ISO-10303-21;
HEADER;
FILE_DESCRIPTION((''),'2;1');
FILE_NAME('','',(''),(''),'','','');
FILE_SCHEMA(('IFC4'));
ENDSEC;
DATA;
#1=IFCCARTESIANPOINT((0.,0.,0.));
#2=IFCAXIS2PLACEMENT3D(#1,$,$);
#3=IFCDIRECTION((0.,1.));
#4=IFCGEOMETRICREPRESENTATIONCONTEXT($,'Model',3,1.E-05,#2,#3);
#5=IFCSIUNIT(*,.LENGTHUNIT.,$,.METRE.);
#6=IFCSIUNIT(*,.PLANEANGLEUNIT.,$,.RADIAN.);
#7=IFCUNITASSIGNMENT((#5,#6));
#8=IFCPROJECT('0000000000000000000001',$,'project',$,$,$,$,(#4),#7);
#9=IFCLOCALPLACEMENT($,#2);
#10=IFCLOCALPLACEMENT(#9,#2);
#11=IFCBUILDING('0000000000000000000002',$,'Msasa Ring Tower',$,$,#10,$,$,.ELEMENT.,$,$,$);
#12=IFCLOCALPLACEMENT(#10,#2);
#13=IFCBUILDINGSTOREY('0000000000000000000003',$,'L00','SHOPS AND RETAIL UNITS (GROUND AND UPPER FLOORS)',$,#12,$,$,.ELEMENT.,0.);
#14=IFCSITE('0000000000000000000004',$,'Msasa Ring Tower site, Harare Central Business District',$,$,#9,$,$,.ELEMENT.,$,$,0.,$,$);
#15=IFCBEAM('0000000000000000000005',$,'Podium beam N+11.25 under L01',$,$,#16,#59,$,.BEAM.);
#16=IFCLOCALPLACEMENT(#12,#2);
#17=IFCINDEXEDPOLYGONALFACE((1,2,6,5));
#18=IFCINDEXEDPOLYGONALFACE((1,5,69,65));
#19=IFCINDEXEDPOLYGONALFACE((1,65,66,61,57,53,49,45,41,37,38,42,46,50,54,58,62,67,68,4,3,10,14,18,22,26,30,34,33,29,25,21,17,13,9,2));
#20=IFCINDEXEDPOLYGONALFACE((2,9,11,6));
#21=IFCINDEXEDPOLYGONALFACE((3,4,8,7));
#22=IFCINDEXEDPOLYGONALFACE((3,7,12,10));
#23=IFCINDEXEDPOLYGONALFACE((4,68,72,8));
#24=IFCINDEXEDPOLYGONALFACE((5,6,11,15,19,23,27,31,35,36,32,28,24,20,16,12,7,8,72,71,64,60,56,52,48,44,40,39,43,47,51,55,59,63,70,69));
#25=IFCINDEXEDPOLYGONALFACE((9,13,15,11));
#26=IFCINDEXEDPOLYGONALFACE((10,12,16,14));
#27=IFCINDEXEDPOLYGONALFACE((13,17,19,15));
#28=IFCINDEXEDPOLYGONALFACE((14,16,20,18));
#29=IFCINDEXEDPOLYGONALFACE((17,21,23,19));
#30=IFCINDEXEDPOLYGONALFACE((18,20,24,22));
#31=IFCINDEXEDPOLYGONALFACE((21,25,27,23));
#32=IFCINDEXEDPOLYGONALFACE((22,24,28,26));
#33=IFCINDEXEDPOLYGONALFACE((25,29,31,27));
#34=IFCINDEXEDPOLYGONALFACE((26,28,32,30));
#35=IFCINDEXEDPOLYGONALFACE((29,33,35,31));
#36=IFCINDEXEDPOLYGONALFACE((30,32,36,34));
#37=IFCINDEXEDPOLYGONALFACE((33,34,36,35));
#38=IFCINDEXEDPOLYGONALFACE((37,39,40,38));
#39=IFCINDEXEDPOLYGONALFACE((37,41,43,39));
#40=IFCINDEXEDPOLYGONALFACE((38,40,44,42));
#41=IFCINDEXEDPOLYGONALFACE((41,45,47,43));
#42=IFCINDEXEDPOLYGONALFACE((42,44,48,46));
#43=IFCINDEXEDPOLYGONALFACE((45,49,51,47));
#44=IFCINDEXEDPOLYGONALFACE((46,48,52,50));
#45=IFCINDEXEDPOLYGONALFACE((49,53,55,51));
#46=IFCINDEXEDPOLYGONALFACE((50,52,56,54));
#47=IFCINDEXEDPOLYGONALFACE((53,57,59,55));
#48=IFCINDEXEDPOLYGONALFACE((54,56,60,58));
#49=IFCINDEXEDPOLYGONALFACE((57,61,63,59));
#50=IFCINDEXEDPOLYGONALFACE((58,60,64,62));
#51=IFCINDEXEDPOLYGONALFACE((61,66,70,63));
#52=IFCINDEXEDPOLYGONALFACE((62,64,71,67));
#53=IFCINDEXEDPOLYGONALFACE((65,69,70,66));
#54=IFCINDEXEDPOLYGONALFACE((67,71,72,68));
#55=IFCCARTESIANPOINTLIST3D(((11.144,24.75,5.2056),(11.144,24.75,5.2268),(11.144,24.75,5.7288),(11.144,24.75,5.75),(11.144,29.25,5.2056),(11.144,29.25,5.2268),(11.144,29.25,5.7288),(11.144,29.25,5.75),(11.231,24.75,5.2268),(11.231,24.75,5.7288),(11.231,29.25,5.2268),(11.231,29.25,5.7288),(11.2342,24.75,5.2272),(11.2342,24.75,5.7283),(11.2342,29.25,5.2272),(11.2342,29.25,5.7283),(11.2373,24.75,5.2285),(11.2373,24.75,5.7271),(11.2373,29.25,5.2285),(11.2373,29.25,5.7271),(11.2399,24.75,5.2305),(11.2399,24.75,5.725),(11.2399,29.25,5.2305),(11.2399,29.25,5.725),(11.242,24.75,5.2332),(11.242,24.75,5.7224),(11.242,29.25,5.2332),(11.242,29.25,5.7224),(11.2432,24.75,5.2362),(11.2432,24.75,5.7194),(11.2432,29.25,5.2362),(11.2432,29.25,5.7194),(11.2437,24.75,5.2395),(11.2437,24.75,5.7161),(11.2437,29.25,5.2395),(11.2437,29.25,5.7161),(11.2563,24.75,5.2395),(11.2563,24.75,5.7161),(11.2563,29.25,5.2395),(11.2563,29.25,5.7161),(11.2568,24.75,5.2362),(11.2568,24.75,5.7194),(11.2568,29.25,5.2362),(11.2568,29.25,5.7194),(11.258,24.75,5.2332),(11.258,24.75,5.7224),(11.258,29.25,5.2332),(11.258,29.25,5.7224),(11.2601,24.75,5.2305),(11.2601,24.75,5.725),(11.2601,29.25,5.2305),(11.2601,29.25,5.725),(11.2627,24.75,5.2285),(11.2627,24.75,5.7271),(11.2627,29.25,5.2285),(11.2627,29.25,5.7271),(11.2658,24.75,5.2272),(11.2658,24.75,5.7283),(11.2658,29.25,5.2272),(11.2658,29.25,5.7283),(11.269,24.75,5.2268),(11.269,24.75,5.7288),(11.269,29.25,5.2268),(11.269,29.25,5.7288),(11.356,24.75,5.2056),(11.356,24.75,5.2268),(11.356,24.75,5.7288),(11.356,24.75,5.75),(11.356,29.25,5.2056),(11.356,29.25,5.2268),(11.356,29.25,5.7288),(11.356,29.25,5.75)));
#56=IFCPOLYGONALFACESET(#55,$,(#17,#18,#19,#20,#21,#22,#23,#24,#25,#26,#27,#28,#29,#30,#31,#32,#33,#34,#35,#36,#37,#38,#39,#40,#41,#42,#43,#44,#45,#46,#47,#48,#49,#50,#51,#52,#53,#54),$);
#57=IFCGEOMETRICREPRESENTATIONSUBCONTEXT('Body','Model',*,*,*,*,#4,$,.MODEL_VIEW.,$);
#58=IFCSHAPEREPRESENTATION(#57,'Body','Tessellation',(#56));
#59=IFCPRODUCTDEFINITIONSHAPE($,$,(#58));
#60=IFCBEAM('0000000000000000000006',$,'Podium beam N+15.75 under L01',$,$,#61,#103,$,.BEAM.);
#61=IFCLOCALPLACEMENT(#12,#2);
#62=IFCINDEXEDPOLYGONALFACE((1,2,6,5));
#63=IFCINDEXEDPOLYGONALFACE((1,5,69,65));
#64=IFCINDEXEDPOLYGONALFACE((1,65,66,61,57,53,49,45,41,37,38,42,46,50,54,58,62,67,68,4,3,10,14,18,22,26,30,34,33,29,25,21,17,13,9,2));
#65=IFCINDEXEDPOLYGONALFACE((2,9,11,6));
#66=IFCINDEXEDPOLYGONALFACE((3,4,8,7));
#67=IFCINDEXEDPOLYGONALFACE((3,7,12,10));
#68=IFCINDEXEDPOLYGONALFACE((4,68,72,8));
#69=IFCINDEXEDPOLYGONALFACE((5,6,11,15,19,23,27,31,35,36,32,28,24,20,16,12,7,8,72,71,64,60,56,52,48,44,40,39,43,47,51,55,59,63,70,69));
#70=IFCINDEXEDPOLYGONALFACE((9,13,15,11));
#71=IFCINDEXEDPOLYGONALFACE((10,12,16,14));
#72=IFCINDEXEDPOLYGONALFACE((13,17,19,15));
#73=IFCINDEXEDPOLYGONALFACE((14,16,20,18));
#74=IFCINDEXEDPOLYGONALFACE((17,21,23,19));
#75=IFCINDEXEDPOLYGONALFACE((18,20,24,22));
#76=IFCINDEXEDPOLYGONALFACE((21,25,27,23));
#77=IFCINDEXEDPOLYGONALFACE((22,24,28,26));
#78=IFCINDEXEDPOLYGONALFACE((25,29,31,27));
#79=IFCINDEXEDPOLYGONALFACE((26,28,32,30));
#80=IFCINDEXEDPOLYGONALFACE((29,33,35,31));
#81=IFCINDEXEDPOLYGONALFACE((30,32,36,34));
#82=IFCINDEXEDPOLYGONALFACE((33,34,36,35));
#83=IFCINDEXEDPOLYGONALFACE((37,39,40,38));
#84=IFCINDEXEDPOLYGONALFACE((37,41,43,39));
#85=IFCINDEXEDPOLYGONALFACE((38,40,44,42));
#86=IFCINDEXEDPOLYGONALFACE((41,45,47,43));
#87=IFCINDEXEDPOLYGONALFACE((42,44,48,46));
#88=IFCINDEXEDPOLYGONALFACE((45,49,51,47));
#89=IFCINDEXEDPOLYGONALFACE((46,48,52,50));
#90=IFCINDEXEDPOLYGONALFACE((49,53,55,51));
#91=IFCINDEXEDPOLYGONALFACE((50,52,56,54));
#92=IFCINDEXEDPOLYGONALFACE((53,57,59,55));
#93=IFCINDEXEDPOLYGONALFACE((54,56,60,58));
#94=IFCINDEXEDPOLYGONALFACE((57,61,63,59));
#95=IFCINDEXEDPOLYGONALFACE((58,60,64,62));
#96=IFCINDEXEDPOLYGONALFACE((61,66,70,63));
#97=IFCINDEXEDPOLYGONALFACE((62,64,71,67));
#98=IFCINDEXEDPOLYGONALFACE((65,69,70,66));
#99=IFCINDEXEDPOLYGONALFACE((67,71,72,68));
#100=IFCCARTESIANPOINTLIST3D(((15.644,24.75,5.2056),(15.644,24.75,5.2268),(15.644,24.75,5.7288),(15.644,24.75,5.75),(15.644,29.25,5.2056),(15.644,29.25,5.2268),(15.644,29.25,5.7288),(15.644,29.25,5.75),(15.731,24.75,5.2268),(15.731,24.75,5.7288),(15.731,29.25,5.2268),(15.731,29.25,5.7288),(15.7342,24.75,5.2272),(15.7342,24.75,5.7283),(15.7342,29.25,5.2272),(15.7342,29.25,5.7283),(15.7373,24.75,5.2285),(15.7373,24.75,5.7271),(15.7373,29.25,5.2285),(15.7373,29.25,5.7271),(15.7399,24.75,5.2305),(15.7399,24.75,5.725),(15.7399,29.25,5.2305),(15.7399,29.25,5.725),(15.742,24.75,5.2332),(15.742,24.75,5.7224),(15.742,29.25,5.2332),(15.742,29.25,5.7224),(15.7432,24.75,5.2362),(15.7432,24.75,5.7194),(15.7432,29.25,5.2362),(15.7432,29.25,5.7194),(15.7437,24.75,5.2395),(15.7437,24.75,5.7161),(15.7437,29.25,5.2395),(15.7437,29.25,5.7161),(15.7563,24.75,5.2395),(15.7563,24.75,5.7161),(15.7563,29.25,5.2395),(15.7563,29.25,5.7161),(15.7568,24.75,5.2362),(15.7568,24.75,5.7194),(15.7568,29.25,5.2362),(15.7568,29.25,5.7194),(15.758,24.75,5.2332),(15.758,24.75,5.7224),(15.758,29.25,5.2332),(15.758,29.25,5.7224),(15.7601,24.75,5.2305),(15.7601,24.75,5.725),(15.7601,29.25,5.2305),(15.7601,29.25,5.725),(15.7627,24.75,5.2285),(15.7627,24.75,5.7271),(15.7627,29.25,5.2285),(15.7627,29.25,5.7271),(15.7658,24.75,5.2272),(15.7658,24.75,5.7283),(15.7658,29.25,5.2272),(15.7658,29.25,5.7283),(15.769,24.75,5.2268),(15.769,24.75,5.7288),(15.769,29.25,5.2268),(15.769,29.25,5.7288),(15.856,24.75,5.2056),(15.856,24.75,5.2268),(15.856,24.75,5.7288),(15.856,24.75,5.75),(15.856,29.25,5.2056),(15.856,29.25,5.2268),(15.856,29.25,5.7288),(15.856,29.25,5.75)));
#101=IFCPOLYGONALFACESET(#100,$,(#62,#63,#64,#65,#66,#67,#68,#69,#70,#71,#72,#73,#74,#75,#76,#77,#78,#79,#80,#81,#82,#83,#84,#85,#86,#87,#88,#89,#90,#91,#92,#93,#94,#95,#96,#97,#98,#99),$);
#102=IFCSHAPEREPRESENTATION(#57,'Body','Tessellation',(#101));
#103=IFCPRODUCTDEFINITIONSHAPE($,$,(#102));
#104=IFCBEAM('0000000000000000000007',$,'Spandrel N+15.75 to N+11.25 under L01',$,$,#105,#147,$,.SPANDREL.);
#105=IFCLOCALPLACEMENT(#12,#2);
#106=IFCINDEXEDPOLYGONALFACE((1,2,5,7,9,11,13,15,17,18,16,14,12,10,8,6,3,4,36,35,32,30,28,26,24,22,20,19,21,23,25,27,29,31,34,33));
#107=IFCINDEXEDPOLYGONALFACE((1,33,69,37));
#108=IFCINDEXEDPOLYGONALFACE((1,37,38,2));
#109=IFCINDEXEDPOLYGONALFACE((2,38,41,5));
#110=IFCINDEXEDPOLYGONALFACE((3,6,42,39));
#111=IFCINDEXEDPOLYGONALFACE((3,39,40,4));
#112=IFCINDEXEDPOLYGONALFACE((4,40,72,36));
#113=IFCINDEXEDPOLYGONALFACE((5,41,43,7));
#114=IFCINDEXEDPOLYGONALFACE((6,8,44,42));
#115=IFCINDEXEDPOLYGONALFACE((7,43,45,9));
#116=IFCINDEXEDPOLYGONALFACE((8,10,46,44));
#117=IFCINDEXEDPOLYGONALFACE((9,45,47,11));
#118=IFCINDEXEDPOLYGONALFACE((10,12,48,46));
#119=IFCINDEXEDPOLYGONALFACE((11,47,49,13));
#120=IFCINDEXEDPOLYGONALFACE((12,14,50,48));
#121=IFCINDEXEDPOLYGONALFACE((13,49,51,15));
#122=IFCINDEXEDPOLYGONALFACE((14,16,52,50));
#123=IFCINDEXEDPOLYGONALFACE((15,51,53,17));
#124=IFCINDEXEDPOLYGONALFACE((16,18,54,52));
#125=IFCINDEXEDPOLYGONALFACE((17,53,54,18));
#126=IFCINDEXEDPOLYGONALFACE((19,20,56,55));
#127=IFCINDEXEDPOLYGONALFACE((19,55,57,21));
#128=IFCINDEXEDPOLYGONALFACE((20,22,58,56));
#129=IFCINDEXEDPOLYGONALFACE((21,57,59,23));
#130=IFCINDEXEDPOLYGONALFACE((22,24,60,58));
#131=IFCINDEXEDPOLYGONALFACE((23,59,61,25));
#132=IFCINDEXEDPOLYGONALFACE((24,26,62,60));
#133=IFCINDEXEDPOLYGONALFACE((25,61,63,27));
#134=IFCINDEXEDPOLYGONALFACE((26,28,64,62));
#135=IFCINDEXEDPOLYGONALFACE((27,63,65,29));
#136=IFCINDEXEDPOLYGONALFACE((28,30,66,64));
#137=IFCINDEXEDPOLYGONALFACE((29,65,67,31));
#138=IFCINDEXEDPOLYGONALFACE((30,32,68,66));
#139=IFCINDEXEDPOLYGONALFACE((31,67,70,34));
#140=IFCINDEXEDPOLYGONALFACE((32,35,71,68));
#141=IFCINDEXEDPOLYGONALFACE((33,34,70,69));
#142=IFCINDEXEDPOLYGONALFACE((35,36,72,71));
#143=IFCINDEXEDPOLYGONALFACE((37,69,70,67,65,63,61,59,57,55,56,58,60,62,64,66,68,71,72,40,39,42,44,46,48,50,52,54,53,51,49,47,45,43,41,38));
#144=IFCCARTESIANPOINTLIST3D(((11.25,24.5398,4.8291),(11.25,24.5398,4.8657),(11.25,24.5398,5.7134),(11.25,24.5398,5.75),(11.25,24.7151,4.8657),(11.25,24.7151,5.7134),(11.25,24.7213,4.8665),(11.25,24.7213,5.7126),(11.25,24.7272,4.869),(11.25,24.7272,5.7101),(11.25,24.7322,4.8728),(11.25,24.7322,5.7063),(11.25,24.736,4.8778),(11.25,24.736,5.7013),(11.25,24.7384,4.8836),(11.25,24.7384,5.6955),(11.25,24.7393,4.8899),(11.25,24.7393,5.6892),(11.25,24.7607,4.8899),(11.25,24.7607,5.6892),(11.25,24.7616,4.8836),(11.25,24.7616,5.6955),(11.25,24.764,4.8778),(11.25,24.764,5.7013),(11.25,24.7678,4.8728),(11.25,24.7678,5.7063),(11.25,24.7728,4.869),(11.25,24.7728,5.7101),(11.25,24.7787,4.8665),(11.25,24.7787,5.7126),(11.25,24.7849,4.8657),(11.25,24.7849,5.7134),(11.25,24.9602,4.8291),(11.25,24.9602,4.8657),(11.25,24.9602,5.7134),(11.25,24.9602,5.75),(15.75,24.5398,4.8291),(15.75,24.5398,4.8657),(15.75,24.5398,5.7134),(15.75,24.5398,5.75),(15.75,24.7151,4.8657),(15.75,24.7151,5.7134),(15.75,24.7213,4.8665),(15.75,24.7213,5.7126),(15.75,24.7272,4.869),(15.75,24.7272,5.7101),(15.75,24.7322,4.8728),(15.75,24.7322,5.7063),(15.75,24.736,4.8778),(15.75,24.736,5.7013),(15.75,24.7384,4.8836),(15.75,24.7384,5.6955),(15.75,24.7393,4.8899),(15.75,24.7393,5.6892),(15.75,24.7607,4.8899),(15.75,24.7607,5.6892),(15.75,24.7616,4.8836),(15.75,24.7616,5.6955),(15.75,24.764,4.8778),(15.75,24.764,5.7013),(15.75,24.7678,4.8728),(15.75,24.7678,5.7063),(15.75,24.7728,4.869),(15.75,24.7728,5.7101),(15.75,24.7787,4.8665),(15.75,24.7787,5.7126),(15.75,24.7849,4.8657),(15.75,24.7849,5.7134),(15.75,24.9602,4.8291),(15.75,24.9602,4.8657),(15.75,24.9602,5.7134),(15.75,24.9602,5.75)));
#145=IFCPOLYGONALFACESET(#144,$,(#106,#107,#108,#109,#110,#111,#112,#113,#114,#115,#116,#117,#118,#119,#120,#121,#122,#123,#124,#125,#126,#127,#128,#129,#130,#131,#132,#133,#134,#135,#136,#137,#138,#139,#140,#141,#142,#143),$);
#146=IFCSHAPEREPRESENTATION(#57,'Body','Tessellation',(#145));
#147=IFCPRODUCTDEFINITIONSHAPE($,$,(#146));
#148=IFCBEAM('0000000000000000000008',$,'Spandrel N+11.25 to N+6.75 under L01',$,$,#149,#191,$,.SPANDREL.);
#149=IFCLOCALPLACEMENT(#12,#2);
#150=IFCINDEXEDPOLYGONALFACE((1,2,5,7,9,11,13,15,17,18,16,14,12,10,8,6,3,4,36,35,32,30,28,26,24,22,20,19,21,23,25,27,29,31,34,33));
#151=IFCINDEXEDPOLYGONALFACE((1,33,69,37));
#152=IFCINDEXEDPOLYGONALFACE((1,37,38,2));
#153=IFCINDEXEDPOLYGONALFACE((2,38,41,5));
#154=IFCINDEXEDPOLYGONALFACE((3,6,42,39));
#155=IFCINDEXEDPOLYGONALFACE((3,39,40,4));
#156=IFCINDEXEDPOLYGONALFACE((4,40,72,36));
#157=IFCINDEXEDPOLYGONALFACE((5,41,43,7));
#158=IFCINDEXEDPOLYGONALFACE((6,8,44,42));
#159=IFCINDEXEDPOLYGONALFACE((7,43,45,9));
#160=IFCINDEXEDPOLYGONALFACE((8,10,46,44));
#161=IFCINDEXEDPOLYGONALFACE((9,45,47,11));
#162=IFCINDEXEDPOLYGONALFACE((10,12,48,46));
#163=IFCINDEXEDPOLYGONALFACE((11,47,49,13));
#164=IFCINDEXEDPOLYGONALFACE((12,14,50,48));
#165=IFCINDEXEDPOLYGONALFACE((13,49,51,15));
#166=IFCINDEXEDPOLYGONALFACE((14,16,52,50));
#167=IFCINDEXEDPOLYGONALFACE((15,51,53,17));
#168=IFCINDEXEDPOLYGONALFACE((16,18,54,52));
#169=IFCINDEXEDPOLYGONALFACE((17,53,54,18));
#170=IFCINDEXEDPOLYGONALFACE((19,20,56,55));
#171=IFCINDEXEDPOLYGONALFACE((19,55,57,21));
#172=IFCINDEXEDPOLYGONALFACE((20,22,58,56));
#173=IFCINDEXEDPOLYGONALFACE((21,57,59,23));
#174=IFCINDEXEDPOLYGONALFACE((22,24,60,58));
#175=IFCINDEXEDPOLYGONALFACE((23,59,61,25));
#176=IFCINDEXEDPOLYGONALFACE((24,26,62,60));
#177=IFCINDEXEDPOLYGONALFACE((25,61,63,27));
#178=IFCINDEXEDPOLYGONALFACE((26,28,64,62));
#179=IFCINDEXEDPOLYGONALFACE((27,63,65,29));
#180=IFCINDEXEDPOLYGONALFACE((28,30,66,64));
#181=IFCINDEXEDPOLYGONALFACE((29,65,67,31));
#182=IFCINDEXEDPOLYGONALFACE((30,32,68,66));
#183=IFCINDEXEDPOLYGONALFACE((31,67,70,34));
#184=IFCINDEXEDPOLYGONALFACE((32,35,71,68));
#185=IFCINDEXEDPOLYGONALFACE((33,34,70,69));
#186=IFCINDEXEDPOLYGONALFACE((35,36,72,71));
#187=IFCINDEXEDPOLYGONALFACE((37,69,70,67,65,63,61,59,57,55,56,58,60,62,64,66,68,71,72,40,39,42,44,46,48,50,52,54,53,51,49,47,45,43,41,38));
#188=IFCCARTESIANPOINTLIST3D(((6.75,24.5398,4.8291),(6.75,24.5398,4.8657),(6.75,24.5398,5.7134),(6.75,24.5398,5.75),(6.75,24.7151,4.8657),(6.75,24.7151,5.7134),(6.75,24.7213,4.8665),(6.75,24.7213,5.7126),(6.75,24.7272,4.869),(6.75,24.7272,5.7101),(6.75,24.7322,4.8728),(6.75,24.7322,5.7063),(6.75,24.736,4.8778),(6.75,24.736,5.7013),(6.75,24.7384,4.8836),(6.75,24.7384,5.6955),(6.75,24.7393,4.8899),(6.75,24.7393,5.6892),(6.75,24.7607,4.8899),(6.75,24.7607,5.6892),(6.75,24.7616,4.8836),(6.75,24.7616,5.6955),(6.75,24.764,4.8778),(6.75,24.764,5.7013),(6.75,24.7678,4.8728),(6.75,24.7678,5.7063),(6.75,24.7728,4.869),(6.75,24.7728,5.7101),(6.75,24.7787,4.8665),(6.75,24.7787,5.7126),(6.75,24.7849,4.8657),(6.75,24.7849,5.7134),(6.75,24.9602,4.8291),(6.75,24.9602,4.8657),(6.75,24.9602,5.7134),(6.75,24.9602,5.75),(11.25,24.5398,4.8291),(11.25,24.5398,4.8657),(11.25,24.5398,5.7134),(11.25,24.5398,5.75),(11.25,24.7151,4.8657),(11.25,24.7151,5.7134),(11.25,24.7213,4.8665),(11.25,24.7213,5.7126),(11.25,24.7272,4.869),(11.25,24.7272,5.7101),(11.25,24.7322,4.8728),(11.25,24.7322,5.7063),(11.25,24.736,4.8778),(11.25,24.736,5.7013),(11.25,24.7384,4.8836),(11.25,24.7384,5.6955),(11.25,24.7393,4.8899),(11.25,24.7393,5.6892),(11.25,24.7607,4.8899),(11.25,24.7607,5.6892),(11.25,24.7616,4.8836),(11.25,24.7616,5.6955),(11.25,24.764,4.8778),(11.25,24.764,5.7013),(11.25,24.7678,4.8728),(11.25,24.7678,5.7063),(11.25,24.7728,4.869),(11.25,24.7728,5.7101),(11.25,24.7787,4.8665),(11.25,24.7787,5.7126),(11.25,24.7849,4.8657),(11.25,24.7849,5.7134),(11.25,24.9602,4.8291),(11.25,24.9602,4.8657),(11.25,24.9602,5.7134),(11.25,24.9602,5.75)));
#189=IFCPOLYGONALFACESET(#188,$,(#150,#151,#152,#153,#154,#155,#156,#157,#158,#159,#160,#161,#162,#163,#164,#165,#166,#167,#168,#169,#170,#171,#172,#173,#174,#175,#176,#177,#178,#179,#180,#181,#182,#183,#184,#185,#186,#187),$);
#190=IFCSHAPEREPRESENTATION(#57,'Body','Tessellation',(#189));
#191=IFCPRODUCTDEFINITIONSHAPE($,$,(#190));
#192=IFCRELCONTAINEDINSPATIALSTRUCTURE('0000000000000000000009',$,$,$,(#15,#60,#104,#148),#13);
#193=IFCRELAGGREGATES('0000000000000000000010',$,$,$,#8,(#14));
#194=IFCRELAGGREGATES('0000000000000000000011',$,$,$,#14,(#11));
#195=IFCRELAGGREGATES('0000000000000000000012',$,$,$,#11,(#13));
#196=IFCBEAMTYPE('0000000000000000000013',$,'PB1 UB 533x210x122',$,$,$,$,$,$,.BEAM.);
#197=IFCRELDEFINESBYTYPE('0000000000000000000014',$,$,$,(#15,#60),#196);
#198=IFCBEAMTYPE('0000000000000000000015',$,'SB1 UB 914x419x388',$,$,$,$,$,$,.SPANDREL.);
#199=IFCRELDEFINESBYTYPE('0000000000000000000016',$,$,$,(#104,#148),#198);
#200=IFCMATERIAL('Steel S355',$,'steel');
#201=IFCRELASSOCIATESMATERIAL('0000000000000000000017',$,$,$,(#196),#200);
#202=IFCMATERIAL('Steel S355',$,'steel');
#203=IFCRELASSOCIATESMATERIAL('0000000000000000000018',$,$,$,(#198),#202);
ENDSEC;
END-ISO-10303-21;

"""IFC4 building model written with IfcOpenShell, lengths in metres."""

from ifc_helpers import new_model, si_unit, direction, frame, origin, origin_2d, place, context, subcontext, project, spatial, i_section, extrude, material, material_profile, profile_set, type_object, element, save


model = new_model("IFC4")

# Units and contexts
model_context = context("Model", 3, precision=1e-05, world=origin(), true_north=direction((0.0, 1.0)))
body_context = subcontext(model_context, "Body", "Model", "MODEL_VIEW")
ifc_project = project(units=[si_unit("LENGTHUNIT", "METRE"), si_unit("PLANEANGLEUNIT", "RADIAN")], contexts=[model_context])

# Site, building, storey
site_placement = place(None, origin())
site = spatial("IfcSite", under=ifc_project, at=site_placement, Name="Msasa Ring Tower site, Harare Central Business District", CompositionType="ELEMENT", RefElevation=0.0)
building_placement = place(site_placement, origin())
building = spatial("IfcBuilding", under=site, at=building_placement, Name="Msasa Ring Tower", CompositionType="ELEMENT")
storey_placement = place(building_placement, origin())
storey = spatial("IfcBuildingStorey", under=building, at=storey_placement, Name="L00", Description="SHOPS AND RETAIL UNITS (GROUND AND UPPER FLOORS)", CompositionType="ELEMENT", Elevation=0.0)

# Beams
ifc_material_1 = material(Name="Steel S355", Category="steel")
ifc_material_profile_1 = material_profile(ifc_material_1, i_section(OverallWidth=0.2119, OverallDepth=0.5444, WebThickness=0.0127, FlangeThickness=0.0212, FilletRadius=0.0127, at=origin_2d()), Name="UB 533x210x122")
ifc_profile_set_1 = profile_set([ifc_material_profile_1], Name="Steel S355")
beam_type_1 = type_object("IfcBeamType", Name="PB1 UB 533x210x122", PredefinedType="BEAM", material=ifc_profile_set_1)
for number, where, z_axis, x_axis, name in (
    (1, (11.25, 29.25, 5.4778), (0.0, -1.0, 0.0), (1.0, 0.0, 0.0), "Podium beam N+11.25 under L01"),
    (2, (15.75, 29.25, 5.4778), (0.0, -1.0, 0.0), (1.0, 0.0, 0.0), "Podium beam N+15.75 under L01"),
):
    element("IfcBeam", number, at=place(storey_placement, frame(where, z_axis=z_axis, x_axis=x_axis)), inside=storey, type_object=beam_type_1, Name=name, PredefinedType="BEAM", context=body_context, shape_type="SweptSolid", body=[
        extrude(i_section(OverallWidth=0.2119, OverallDepth=0.5444, WebThickness=0.0127, FlangeThickness=0.0212, FilletRadius=0.0127, at=origin_2d()), origin(), (0.0, 0.0, 1.0), 4.5),
    ])
ifc_material_2 = material(Name="Steel S355", Category="steel")
ifc_material_profile_2 = material_profile(ifc_material_2, i_section(OverallWidth=0.4204, OverallDepth=0.9209, WebThickness=0.0215, FlangeThickness=0.0366, FilletRadius=0.0242, at=origin_2d()), Name="UB 914x419x388")
ifc_profile_set_2 = profile_set([ifc_material_profile_2], Name="Steel S355")
beam_type_2 = type_object("IfcBeamType", Name="SB1 UB 914x419x388", PredefinedType="SPANDREL", material=ifc_profile_set_2)
for number, where, z_axis, x_axis, name in (
    (3, (15.75, 24.75, 5.2896), (-1.0, 0.0, 0.0), (0.0, -1.0, 0.0), "Spandrel N+15.75 to N+11.25 under L01"),
    (4, (11.25, 24.75, 5.2896), (-1.0, 0.0, 0.0), (0.0, -1.0, 0.0), "Spandrel N+11.25 to N+6.75 under L01"),
):
    element("IfcBeam", number, at=place(storey_placement, frame(where, z_axis=z_axis, x_axis=x_axis)), inside=storey, type_object=beam_type_2, Name=name, PredefinedType="SPANDREL", context=body_context, shape_type="SweptSolid", body=[
        extrude(i_section(OverallWidth=0.4204, OverallDepth=0.9209, WebThickness=0.0215, FlangeThickness=0.0366, FilletRadius=0.0242, at=origin_2d()), origin(), (0.0, 0.0, 1.0), 4.5),
    ])

save(model, "model.ifc")
